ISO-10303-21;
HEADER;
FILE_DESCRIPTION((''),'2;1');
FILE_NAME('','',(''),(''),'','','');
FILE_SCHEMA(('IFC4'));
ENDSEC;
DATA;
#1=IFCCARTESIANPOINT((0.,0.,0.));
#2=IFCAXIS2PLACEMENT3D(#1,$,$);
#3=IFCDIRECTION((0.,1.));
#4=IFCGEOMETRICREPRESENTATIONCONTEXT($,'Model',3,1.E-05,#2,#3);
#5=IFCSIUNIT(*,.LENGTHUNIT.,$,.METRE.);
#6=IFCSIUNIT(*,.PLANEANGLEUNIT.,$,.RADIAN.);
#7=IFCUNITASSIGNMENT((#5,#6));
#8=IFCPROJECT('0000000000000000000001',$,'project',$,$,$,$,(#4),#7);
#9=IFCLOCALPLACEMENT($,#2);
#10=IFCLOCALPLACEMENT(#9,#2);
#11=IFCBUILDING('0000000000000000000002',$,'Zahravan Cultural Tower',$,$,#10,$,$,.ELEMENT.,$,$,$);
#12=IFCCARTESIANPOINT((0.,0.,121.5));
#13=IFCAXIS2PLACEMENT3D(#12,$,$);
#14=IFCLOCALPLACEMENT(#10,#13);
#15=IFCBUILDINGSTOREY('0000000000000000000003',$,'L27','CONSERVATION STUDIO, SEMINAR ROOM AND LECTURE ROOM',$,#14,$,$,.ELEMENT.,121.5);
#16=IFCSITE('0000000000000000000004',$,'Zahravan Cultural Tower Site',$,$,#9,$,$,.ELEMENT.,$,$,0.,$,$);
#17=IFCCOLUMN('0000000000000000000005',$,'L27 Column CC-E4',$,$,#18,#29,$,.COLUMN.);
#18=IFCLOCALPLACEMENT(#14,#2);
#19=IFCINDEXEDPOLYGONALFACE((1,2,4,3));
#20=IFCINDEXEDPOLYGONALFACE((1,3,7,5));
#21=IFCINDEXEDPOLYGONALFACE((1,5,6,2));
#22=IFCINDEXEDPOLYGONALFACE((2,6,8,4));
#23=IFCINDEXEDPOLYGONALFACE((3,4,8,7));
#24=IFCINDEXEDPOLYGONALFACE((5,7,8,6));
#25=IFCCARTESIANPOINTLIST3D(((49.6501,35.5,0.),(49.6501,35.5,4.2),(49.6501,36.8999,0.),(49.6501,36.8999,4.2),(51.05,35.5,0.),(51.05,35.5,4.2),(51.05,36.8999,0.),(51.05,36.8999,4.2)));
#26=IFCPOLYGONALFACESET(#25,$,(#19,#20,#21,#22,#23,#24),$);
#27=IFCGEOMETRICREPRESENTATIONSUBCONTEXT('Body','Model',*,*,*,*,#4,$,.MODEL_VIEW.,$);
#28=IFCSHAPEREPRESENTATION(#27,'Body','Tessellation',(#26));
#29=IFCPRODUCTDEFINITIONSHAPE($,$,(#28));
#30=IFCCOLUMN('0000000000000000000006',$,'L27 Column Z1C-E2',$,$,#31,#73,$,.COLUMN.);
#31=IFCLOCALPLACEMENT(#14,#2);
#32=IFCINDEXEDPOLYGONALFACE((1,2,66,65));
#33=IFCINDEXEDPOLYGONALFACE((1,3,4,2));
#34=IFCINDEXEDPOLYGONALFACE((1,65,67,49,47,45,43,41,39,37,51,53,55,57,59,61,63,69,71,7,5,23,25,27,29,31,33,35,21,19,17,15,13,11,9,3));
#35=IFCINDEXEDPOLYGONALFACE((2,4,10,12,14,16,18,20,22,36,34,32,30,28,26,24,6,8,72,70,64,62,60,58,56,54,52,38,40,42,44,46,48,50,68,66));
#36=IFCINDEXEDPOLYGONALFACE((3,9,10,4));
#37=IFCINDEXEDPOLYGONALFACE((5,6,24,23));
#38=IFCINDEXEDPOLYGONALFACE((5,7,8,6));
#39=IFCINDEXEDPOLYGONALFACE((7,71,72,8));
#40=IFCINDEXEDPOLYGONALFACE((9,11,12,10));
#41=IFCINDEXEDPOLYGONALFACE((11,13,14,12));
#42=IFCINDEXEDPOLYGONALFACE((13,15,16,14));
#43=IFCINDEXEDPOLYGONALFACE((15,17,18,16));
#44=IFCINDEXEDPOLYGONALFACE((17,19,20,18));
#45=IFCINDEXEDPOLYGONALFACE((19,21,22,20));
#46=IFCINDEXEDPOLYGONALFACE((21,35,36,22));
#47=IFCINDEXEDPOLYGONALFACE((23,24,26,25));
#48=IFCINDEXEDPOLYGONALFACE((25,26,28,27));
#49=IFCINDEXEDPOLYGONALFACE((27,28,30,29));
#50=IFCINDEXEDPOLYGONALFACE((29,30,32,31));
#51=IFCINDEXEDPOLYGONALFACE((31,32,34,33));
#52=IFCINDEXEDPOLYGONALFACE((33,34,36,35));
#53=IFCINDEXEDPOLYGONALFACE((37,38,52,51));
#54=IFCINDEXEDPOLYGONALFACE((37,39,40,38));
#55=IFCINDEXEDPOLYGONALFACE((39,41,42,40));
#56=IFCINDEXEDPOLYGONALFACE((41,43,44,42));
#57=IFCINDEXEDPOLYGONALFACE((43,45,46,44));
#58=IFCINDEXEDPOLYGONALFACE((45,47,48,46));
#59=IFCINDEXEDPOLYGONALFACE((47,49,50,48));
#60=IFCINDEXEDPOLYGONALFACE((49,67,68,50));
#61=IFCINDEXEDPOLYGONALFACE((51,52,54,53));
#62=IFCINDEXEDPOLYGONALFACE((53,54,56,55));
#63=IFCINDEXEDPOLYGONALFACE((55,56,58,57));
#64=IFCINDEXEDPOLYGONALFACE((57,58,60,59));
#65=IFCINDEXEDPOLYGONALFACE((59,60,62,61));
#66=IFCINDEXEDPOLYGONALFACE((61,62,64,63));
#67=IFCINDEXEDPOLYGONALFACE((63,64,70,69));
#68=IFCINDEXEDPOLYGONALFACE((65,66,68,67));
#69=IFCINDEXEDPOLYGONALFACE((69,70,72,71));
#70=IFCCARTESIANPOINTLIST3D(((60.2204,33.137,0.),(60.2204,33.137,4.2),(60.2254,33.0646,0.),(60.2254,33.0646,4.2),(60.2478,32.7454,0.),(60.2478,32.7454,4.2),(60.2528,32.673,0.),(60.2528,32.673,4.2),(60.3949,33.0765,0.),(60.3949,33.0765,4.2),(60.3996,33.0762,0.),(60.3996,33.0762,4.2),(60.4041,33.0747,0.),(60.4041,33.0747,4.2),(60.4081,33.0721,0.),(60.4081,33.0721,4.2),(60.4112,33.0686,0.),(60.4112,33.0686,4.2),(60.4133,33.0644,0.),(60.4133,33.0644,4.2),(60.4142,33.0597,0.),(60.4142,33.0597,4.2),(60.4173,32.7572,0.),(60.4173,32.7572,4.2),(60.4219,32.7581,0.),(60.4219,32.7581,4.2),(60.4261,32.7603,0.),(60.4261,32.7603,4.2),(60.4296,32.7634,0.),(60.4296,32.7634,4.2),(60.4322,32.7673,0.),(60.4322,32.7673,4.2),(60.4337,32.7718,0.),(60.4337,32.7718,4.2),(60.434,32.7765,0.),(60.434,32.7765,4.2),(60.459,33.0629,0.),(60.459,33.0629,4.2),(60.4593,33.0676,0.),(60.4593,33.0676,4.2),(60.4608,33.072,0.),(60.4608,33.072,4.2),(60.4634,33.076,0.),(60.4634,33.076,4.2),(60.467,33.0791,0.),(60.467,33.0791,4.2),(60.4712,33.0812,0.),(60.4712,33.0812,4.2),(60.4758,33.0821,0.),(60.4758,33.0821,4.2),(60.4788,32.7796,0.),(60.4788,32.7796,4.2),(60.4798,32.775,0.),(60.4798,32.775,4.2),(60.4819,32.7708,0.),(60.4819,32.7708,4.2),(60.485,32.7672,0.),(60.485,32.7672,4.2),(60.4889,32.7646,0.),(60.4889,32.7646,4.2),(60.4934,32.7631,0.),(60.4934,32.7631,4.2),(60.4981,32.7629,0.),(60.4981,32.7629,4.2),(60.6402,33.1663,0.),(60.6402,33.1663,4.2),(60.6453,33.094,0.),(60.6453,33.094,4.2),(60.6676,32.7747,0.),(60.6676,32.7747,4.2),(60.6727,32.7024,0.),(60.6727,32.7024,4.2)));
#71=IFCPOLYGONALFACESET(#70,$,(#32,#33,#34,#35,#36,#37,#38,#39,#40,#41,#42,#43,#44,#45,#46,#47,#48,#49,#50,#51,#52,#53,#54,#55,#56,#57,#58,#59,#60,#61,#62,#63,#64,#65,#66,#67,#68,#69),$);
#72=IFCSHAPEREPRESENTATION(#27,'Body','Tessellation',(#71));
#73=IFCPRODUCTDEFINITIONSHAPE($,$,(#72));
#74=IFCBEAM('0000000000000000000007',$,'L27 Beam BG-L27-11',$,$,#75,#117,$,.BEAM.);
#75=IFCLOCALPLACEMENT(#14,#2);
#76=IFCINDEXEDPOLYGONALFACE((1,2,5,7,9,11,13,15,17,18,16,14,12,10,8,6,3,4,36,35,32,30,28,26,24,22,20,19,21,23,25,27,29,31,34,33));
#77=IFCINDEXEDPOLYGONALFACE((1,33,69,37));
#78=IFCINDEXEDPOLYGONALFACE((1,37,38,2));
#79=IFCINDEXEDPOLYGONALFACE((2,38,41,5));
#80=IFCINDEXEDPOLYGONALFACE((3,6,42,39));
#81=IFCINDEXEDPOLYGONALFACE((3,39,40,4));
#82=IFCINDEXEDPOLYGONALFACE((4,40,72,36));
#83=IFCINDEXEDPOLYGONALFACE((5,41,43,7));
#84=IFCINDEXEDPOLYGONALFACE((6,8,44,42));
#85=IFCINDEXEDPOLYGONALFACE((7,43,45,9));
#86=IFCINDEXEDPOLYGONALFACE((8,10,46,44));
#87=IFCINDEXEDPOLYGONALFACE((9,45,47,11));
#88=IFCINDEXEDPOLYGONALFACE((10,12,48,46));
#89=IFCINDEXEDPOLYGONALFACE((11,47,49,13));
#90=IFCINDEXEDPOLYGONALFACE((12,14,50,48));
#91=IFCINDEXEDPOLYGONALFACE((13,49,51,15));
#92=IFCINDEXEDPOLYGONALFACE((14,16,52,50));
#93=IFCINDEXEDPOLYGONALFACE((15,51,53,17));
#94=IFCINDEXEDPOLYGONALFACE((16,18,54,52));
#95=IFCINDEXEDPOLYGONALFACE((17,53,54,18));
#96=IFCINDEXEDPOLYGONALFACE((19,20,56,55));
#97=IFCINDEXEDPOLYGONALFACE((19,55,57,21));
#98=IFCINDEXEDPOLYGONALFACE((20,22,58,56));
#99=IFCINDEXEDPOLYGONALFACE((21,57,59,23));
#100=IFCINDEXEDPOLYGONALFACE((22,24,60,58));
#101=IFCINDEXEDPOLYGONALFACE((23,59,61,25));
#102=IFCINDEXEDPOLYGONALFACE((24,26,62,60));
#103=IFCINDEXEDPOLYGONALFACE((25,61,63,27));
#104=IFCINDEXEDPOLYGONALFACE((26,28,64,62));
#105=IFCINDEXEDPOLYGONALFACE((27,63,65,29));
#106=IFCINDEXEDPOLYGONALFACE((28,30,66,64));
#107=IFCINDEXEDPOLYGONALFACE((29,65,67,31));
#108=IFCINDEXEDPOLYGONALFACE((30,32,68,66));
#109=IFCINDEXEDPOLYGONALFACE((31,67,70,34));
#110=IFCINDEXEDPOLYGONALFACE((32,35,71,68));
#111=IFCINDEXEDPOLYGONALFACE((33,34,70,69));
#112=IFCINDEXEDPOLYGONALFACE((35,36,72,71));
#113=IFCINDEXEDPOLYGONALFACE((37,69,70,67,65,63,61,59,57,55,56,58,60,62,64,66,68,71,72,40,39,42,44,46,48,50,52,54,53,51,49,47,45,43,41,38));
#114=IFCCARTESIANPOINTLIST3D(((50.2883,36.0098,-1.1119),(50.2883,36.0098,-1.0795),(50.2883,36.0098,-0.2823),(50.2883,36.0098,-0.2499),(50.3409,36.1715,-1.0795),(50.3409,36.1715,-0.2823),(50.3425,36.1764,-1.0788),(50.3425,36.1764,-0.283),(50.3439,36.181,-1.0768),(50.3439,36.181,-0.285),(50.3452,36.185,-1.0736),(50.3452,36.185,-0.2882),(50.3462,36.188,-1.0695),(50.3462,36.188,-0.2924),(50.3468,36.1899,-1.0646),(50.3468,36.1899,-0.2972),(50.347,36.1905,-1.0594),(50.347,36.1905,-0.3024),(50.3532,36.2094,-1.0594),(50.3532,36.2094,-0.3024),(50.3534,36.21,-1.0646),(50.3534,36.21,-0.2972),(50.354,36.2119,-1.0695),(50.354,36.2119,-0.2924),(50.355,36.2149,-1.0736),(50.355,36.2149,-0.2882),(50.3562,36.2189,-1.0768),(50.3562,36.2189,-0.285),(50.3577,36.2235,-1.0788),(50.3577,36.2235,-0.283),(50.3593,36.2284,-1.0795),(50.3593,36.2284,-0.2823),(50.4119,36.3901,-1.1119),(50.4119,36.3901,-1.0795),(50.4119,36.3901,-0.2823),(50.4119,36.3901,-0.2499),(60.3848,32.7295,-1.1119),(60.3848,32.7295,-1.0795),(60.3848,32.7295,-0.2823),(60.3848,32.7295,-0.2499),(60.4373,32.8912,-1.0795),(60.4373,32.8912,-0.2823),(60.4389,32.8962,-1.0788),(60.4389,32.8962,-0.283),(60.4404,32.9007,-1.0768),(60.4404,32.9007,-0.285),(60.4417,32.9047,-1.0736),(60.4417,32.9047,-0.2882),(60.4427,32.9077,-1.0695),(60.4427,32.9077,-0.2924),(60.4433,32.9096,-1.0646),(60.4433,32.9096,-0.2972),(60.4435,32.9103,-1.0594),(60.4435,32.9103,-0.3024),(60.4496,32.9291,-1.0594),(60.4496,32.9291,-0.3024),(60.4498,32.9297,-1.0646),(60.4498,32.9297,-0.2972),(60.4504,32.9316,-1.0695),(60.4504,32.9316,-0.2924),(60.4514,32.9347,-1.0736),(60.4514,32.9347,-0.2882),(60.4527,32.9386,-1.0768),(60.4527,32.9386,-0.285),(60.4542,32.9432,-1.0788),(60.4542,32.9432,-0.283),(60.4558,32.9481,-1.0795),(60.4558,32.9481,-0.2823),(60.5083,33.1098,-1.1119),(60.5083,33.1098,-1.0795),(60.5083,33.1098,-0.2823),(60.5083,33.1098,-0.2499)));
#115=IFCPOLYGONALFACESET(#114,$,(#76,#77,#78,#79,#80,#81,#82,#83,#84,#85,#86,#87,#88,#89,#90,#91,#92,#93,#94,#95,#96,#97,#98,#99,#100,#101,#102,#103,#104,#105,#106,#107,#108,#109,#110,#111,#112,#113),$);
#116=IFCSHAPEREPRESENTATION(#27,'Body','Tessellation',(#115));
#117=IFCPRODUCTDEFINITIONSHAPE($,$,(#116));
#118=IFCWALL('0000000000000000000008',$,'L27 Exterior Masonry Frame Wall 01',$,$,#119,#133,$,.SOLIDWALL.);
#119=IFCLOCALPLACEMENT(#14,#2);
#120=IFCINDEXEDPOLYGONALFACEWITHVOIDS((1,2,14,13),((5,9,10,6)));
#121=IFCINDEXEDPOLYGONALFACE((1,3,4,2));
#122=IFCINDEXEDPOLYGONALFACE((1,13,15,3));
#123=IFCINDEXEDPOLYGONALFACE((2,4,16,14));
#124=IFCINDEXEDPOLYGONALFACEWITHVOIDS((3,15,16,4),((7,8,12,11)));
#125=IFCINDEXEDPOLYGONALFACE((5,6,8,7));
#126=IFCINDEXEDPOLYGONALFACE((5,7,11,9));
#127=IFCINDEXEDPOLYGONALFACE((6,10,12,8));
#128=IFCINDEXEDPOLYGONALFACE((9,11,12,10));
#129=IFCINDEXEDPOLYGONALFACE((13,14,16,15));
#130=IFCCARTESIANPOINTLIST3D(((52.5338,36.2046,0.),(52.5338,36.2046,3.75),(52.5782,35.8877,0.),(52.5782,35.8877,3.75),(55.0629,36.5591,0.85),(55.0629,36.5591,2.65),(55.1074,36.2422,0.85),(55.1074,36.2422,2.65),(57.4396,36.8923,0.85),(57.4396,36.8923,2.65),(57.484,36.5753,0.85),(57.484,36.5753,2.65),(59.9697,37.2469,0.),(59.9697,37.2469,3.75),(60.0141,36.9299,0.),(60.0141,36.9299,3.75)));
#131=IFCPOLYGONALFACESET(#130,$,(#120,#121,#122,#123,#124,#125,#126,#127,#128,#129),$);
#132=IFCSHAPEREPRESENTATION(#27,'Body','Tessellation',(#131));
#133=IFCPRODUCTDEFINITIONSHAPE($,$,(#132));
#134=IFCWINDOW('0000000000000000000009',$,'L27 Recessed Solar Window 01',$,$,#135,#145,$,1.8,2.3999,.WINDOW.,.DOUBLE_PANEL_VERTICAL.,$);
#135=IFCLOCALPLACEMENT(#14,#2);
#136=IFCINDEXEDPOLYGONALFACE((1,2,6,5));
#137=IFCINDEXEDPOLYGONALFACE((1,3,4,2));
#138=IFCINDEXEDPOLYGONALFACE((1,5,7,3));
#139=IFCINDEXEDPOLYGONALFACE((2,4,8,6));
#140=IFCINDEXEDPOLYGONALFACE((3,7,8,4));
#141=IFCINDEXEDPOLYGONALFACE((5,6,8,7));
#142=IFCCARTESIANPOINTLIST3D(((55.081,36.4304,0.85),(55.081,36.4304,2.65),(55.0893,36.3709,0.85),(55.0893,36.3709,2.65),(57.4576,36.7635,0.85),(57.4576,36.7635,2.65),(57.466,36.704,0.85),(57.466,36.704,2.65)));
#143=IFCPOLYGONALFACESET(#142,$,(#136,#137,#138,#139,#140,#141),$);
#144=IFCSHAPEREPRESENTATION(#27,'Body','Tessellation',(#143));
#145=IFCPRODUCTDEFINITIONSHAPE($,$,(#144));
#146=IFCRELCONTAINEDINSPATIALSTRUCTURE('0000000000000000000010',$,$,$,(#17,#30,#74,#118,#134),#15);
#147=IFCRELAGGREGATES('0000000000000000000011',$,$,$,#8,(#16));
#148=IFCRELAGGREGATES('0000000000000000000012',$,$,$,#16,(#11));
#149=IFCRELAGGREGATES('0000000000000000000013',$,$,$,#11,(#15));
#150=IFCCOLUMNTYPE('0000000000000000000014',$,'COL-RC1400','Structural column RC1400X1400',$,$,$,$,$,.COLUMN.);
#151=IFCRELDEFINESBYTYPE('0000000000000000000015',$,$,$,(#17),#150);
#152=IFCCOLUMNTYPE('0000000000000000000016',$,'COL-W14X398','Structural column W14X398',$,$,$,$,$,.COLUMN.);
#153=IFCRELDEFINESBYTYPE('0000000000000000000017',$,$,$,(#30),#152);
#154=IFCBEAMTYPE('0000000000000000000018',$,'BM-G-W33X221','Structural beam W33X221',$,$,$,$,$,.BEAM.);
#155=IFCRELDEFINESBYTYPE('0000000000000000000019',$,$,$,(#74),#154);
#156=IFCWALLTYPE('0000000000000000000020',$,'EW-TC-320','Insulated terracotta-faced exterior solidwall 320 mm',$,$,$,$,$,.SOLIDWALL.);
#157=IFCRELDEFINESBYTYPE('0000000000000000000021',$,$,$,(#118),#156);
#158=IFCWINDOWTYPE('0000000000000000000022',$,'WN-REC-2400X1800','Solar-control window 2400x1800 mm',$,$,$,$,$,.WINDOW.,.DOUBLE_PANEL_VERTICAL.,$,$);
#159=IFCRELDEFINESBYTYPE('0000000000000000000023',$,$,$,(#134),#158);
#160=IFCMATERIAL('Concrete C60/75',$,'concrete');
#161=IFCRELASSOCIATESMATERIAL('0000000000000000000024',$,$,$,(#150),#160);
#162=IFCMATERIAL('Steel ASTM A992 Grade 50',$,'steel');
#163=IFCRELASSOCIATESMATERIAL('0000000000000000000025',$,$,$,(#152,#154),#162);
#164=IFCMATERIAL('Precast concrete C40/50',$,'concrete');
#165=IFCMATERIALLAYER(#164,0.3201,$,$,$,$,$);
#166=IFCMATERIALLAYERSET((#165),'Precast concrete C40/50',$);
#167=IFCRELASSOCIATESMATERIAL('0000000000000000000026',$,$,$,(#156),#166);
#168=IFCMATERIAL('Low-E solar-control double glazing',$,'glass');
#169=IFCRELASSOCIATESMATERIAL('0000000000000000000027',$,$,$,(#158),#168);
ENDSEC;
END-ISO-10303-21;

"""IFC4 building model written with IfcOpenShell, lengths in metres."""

from ifc_helpers import new_model, si_unit, direction, frame, frame_2d, origin, origin_2d, place, context, subcontext, project, spatial, rectangle, i_section, extrude, source, transform, mapped, material, layer, layer_set, material_profile, profile_set, type_object, element, fill, save


model = new_model("IFC4")

# Units and contexts
model_context = context("Model", 3, precision=1e-05, world=origin(), true_north=direction((0.0, 1.0)))
body_context = subcontext(model_context, "Body", "Model", "MODEL_VIEW")
ifc_project = project(units=[si_unit("LENGTHUNIT", "METRE"), si_unit("PLANEANGLEUNIT", "RADIAN")], contexts=[model_context])

# Site, building, storey
site_placement = place(None, origin())
site = spatial("IfcSite", under=ifc_project, at=site_placement, Name="Zahravan Cultural Tower Site", CompositionType="ELEMENT", RefElevation=0.0)
building_placement = place(site_placement, origin())
building = spatial("IfcBuilding", under=site, at=building_placement, Name="Zahravan Cultural Tower", CompositionType="ELEMENT")
storey_placement = place(building_placement, frame((0.0, 0.0, 121.5)))
storey = spatial("IfcBuildingStorey", under=building, at=storey_placement, Name="L27", Description="CONSERVATION STUDIO, SEMINAR ROOM AND LECTURE ROOM", CompositionType="ELEMENT", Elevation=121.5)

# Columns
ifc_material_1 = material(Name="Concrete C60/75", Category="concrete")
ifc_material_profile_1 = material_profile(ifc_material_1, rectangle(XDim=1.3999, YDim=1.3999, at=origin_2d()), Name="RC1400X1400")
ifc_profile_set_1 = profile_set([ifc_material_profile_1], Name="Concrete C60/75")
column_type_1 = type_object("IfcColumnType", Name="COL-RC1400", Description="Structural column RC1400X1400", PredefinedType="COLUMN", material=ifc_profile_set_1)
shared_shape_1 = source(origin(), body_context, "Body", "SweptSolid", [
    extrude(rectangle(XDim=1.3999, YDim=1.3999, at=origin_2d()), origin(), (0.0, 0.0, 1.0), 4.2),
])
column_1_placement = place(storey_placement, frame((50.3501, 36.2, 0.0), z_axis=(0.0, 0.0, 1.0), x_axis=(1.0, 0.0, 0.0)))
element("IfcColumn", 1, at=column_1_placement, inside=storey, type_object=column_type_1, Name="L27 Column CC-E4", PredefinedType="COLUMN", context=body_context, shape_type="MappedRepresentation", body=[
    mapped(shared_shape_1, transform((0.0, 0.0, 0.0), x_axis=(1.0, 0.0, 0.0), y_axis=(0.0, 1.0, 0.0), z_axis=(0.0, 0.0, 1.0), scale=1.0)),
])
ifc_material_2 = material(Name="Steel ASTM A992 Grade 50", Category="steel")
ifc_material_profile_2 = material_profile(ifc_material_2, i_section(OverallWidth=0.4209, OverallDepth=0.4651, WebThickness=0.0449, FlangeThickness=0.0725, FilletRadius=0.0181, at=origin_2d()), Name="W14X398")
ifc_profile_set_2 = profile_set([ifc_material_profile_2], Name="Steel ASTM A992 Grade 50")
column_type_2 = type_object("IfcColumnType", Name="COL-W14X398", Description="Structural column W14X398", PredefinedType="COLUMN", material=ifc_profile_set_2)
shared_shape_2 = source(origin(), body_context, "Body", "SweptSolid", [
    extrude(i_section(OverallWidth=0.4209, OverallDepth=0.4651, WebThickness=0.0449, FlangeThickness=0.0725, FilletRadius=0.0181, at=origin_2d()), origin(), (0.0, 0.0, 1.0), 4.2),
])
column_2_placement = place(storey_placement, frame((60.4465, 32.9197, 0.0), z_axis=(0.0, 0.0, 1.0), x_axis=(0.997564, 0.069756, 0.0)))
element("IfcColumn", 2, at=column_2_placement, inside=storey, type_object=column_type_2, Name="L27 Column Z1C-E2", PredefinedType="COLUMN", context=body_context, shape_type="MappedRepresentation", body=[
    mapped(shared_shape_2, transform((0.0, 0.0, 0.0), x_axis=(1.0, 0.0, 0.0), y_axis=(0.0, 1.0, 0.0), z_axis=(0.0, 0.0, 1.0), scale=1.0)),
])

# Beam
ifc_material_profile_3 = material_profile(ifc_material_2, i_section(OverallWidth=0.3999, OverallDepth=0.8621, WebThickness=0.0198, FlangeThickness=0.0325, FilletRadius=0.02, at=origin_2d()), Name="W33X221")
ifc_profile_set_3 = profile_set([ifc_material_profile_3], Name="Steel ASTM A992 Grade 50")
beam_type = type_object("IfcBeamType", Name="BM-G-W33X221", Description="Structural beam W33X221", PredefinedType="BEAM", material=ifc_profile_set_3)
shared_shape_3 = source(origin(), body_context, "Body", "SweptSolid", [
    extrude(i_section(OverallWidth=0.3999, OverallDepth=0.8621, WebThickness=0.0198, FlangeThickness=0.0325, FilletRadius=0.02, at=origin_2d()), origin(), (0.0, 0.0, 1.0), 10.616),
])
beam_placement = place(storey_placement, frame((50.3501, 36.2, -0.6809), z_axis=(0.951064, -0.308995, 0.0), x_axis=(0.308995, 0.951064, 0.0)))
element("IfcBeam", 3, at=beam_placement, inside=storey, type_object=beam_type, Name="L27 Beam BG-L27-11", PredefinedType="BEAM", context=body_context, shape_type="MappedRepresentation", body=[
    mapped(shared_shape_3, transform((0.0, 0.0, 0.0), x_axis=(1.0, 0.0, 0.0), y_axis=(0.0, 1.0, 0.0), z_axis=(0.0, 0.0, 1.0), scale=1.0)),
])

# Wall, opening, window
ifc_material_3 = material(Name="Precast concrete C40/50", Category="concrete")
ifc_layer_1 = layer(ifc_material_3, 0.3201)
ifc_layer_set_1 = layer_set([ifc_layer_1], Name="Precast concrete C40/50")
wall_type_1 = type_object("IfcWallType", Name="EW-TC-320", Description="Insulated terracotta-faced exterior solidwall 320 mm", PredefinedType="SOLIDWALL", material=ifc_layer_set_1)
wall_1_placement = place(storey_placement, frame((52.5559, 36.0461, 0.0), z_axis=(0.0, 0.0, 1.0), x_axis=(0.990319, 0.138808, 0.0)))
wall_1 = element("IfcWall", 4, at=wall_1_placement, inside=storey, type_object=wall_type_1, Name="L27 Exterior Masonry Frame Wall 01", PredefinedType="SOLIDWALL", context=body_context, shape_type="SweptSolid", body=[
    extrude(rectangle(XDim=7.5085, YDim=0.3201, at=frame_2d((3.7544, 0.0))), origin(), (0.0, 0.0, 1.0), 3.75),
])
opening_1_placement = place(wall_1_placement, frame((2.554, 0.0, 0.8501)))
opening_1 = element("IfcOpeningElement", 5, at=opening_1_placement, cuts=wall_1, PredefinedType="OPENING", context=body_context, shape_type="SweptSolid", body=[
    extrude(rectangle(XDim=2.3999, YDim=1.8, at=frame_2d((1.2, 0.8999))), frame((0.0, 0.1699, 0.0), z_axis=(0.0, -1.0, 0.0), x_axis=(1.0, 0.0, 0.0)), (0.0, 0.0, 1.0), 0.3401),
])
ifc_material_4 = material(Name="Low-E solar-control double glazing", Category="glass")
window_type = type_object("IfcWindowType", Name="WN-REC-2400X1800", Description="Solar-control window 2400x1800 mm", PartitioningType="DOUBLE_PANEL_VERTICAL", PredefinedType="WINDOW", material=ifc_material_4)
shared_shape_4 = source(origin(), body_context, "Body", "SweptSolid", [
    extrude(rectangle(XDim=2.3999, YDim=1.8, at=frame_2d((1.2, 0.8999))), frame((0.0, 0.03, 0.0), z_axis=(0.0, -1.0, 0.0), x_axis=(1.0, 0.0, 0.0)), (0.0, 0.0, 1.0), 0.0601),
])
window_placement = place(opening_1_placement, origin())
window = element("IfcWindow", 6, at=window_placement, inside=storey, type_object=window_type, Name="L27 Recessed Solar Window 01", OverallHeight=1.8, OverallWidth=2.3999, PartitioningType="DOUBLE_PANEL_VERTICAL", PredefinedType="WINDOW", context=body_context, shape_type="MappedRepresentation", body=[
    mapped(shared_shape_4, transform((0.0, 0.0, 0.0), x_axis=(1.0, 0.0, 0.0), y_axis=(0.0, 1.0, 0.0), z_axis=(0.0, 0.0, 1.0), scale=1.0)),
])
fill(opening_1, window)

save(model, "model.ifc")
